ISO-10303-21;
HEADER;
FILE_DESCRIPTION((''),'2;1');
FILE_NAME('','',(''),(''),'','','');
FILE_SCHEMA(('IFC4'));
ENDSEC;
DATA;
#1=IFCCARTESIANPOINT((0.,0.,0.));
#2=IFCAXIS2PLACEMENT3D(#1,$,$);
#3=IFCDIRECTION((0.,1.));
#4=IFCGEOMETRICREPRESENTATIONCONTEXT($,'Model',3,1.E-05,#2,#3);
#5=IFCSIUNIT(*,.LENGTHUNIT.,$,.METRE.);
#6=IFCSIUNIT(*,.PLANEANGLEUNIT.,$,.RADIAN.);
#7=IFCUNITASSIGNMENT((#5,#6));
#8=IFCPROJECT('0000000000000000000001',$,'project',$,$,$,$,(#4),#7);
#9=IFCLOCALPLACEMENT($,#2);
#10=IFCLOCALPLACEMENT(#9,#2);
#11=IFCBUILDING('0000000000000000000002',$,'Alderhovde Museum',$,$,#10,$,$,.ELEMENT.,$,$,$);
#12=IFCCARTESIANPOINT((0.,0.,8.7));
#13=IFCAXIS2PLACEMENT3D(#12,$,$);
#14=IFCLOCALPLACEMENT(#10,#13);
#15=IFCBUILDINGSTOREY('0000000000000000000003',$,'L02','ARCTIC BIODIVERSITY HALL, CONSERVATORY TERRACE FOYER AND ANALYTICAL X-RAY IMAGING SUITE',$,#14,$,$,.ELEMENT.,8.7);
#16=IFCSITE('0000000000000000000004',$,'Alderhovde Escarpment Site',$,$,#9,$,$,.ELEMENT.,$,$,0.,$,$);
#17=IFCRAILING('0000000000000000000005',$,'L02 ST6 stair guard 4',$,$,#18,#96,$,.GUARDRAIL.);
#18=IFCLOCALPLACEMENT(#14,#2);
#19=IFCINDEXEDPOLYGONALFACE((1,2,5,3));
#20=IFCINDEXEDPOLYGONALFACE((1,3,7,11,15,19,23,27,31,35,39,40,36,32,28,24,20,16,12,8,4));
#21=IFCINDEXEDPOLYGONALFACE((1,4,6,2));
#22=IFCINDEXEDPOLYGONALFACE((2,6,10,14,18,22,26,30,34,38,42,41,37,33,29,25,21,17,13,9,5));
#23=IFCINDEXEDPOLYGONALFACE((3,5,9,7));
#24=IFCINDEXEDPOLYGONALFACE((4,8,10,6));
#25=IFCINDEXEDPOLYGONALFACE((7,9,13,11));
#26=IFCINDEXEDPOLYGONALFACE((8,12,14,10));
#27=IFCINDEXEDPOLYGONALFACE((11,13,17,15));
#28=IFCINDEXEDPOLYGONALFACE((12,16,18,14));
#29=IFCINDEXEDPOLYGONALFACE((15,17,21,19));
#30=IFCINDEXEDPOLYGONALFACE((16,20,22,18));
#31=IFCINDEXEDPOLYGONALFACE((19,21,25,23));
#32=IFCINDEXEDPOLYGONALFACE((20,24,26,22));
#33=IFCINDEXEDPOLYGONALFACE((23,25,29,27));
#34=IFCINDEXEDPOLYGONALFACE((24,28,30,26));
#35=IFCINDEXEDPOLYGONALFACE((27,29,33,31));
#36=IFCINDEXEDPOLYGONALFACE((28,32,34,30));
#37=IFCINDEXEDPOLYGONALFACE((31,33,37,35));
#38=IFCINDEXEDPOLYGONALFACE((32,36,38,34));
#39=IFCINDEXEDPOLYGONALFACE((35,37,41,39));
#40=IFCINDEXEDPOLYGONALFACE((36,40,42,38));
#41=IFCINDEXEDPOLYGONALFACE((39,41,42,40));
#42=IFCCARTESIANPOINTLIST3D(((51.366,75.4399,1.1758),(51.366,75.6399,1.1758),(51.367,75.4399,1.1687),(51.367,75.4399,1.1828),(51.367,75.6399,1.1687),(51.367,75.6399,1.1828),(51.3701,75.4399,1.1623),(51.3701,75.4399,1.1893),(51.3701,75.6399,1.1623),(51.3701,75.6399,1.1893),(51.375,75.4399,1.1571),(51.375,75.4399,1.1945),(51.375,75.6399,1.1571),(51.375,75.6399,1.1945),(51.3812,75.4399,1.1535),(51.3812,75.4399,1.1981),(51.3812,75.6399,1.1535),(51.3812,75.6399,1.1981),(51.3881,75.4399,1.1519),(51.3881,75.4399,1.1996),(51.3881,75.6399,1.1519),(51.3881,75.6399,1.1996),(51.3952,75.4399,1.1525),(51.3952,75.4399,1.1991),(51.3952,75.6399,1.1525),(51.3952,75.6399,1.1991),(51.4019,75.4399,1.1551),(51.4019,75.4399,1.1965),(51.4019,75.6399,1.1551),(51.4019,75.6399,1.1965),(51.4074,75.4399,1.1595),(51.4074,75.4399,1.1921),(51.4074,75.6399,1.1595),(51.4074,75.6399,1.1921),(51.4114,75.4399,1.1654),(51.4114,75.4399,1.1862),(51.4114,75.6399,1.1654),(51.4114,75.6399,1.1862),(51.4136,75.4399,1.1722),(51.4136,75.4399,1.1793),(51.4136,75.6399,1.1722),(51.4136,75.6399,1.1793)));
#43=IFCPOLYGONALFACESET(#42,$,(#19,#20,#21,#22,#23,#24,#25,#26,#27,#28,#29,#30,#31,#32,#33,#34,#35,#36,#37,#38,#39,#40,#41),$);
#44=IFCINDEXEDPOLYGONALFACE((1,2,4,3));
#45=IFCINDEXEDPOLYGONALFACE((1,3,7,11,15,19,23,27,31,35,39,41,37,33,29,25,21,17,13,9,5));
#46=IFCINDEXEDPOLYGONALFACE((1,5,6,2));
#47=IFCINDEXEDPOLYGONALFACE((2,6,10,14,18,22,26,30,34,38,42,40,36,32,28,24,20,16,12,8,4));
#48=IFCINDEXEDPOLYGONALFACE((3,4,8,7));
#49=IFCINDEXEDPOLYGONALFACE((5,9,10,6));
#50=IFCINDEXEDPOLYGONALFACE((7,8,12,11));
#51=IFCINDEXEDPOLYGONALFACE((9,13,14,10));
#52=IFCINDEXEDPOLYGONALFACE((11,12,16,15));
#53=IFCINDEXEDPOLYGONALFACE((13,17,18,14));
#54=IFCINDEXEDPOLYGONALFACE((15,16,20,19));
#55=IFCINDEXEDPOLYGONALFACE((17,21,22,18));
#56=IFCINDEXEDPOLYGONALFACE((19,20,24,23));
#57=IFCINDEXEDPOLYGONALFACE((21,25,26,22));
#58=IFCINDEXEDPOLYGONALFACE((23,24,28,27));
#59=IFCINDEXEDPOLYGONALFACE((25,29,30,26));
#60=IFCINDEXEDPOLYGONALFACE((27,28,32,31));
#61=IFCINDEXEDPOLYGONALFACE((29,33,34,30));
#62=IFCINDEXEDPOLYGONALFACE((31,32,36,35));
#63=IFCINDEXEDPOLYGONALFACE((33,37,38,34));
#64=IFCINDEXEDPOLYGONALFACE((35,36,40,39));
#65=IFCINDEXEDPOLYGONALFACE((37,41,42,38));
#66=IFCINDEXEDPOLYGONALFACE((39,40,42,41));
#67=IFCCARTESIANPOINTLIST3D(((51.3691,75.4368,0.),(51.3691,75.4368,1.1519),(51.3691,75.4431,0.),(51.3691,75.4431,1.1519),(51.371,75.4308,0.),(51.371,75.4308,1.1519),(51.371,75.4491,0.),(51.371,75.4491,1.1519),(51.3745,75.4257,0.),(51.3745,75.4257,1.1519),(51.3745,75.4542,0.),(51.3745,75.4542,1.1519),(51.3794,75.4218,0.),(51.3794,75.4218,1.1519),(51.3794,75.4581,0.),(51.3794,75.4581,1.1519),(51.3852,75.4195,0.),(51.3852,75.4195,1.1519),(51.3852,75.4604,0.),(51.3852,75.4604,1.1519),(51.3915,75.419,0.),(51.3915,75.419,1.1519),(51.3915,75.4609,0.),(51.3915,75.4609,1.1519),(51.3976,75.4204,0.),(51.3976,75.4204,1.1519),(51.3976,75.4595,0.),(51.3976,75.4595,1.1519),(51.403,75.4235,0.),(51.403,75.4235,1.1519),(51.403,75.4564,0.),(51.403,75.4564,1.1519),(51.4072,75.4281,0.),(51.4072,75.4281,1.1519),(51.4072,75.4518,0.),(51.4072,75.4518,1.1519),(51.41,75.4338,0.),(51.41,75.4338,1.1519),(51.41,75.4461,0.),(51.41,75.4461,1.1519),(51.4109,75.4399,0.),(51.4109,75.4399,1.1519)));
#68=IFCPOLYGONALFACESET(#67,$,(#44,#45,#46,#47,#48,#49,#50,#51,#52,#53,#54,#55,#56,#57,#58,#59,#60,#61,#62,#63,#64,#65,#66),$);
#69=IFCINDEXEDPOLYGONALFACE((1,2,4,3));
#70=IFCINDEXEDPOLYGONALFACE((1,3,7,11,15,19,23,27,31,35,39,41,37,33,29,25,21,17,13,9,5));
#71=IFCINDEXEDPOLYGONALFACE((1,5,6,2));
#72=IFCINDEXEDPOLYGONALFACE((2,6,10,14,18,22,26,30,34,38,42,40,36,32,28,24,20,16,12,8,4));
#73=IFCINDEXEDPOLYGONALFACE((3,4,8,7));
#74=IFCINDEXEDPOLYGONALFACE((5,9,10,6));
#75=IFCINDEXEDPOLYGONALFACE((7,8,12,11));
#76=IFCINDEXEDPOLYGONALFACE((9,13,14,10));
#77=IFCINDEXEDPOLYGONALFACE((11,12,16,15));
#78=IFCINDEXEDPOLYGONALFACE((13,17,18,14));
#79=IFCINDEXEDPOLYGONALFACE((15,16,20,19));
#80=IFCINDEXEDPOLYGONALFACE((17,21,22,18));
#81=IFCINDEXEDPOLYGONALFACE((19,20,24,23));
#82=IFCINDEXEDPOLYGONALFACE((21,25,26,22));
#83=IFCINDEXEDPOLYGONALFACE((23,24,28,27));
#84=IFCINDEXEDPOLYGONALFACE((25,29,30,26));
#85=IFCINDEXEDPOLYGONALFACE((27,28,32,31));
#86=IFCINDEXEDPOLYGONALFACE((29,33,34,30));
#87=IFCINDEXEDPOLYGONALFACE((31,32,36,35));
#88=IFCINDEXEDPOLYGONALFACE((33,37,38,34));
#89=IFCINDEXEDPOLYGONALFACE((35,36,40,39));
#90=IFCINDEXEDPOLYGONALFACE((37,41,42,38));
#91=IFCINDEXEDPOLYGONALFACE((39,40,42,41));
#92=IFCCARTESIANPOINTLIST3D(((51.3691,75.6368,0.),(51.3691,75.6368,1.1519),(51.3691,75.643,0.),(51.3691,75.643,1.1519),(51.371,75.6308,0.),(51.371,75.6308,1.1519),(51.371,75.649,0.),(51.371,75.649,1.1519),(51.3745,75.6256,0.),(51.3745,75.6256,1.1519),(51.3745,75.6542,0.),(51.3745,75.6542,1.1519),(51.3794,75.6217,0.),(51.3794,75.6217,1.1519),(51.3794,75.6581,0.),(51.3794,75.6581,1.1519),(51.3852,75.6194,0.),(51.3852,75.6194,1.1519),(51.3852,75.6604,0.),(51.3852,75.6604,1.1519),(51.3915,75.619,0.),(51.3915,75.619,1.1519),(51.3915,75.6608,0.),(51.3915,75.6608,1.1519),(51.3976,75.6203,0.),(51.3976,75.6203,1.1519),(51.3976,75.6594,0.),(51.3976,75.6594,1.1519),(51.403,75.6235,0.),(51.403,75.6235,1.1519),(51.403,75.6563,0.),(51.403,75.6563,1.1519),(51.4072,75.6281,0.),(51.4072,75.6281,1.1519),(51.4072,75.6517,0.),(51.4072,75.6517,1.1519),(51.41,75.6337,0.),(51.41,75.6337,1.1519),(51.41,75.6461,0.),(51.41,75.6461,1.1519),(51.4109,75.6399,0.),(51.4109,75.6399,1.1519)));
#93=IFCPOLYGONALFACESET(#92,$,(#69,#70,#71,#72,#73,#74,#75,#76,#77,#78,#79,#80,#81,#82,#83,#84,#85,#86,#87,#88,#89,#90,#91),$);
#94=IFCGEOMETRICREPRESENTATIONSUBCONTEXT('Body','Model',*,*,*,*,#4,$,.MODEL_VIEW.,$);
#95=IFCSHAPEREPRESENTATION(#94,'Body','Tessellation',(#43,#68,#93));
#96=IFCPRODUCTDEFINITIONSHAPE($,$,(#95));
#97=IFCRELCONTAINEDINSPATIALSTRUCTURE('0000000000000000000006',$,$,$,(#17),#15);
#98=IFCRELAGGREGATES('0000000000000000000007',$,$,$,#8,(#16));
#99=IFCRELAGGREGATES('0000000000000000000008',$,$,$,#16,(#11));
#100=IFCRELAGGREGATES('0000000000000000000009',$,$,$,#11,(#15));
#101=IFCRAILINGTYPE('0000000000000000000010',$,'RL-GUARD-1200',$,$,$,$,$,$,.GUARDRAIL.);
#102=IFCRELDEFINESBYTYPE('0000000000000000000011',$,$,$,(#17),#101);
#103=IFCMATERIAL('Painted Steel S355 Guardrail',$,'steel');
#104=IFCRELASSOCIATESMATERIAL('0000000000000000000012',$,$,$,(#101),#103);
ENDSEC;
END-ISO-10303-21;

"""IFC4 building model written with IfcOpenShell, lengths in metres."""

from ifc_helpers import new_model, si_unit, direction, frame, origin, origin_2d, place, context, subcontext, project, spatial, circle, extrude, material, type_object, element, save


model = new_model("IFC4")

# Units and contexts
model_context = context("Model", 3, precision=1e-05, world=origin(), true_north=direction((0.0, 1.0)))
body_context = subcontext(model_context, "Body", "Model", "MODEL_VIEW")
ifc_project = project(units=[si_unit("LENGTHUNIT", "METRE"), si_unit("PLANEANGLEUNIT", "RADIAN")], contexts=[model_context])

# Site, building, storey
site_placement = place(None, origin())
site = spatial("IfcSite", under=ifc_project, at=site_placement, Name="Alderhovde Escarpment Site", CompositionType="ELEMENT", RefElevation=0.0)
building_placement = place(site_placement, origin())
building = spatial("IfcBuilding", under=site, at=building_placement, Name="Alderhovde Museum", CompositionType="ELEMENT")
storey_placement = place(building_placement, frame((0.0, 0.0, 8.7)))
storey = spatial("IfcBuildingStorey", under=building, at=storey_placement, Name="L02", Description="ARCTIC BIODIVERSITY HALL, CONSERVATORY TERRACE FOYER AND ANALYTICAL X-RAY IMAGING SUITE", CompositionType="ELEMENT", Elevation=8.7)

# Railing
ifc_material_1 = material(Name="Painted Steel S355 Guardrail", Category="steel")
railing_type_1 = type_object("IfcRailingType", Name="RL-GUARD-1200", PredefinedType="GUARDRAIL", material=ifc_material_1)
railing_1_placement = place(storey_placement, frame((51.3899, 75.4399, 0.0)))
element("IfcRailing", 1, at=railing_1_placement, inside=storey, type_object=railing_type_1, Name="L02 ST6 stair guard 4", PredefinedType="GUARDRAIL", context=body_context, shape_type="SweptSolid", body=[
    extrude(circle(Radius=0.0239, at=origin_2d()), frame((0.0, 0.0, 1.1758), z_axis=(0.0, 1.0, 0.0), x_axis=(-1.0, 0.0, 0.0)), (0.0, 0.0, 1.0), 0.2),
    extrude(circle(Radius=0.021, at=origin_2d()), origin(), (0.0, 0.0, 1.0), 1.1519),
    extrude(circle(Radius=0.021, at=origin_2d()), frame((0.0, 0.2, 0.0)), (0.0, 0.0, 1.0), 1.1519),
])

save(model, "model.ifc")
